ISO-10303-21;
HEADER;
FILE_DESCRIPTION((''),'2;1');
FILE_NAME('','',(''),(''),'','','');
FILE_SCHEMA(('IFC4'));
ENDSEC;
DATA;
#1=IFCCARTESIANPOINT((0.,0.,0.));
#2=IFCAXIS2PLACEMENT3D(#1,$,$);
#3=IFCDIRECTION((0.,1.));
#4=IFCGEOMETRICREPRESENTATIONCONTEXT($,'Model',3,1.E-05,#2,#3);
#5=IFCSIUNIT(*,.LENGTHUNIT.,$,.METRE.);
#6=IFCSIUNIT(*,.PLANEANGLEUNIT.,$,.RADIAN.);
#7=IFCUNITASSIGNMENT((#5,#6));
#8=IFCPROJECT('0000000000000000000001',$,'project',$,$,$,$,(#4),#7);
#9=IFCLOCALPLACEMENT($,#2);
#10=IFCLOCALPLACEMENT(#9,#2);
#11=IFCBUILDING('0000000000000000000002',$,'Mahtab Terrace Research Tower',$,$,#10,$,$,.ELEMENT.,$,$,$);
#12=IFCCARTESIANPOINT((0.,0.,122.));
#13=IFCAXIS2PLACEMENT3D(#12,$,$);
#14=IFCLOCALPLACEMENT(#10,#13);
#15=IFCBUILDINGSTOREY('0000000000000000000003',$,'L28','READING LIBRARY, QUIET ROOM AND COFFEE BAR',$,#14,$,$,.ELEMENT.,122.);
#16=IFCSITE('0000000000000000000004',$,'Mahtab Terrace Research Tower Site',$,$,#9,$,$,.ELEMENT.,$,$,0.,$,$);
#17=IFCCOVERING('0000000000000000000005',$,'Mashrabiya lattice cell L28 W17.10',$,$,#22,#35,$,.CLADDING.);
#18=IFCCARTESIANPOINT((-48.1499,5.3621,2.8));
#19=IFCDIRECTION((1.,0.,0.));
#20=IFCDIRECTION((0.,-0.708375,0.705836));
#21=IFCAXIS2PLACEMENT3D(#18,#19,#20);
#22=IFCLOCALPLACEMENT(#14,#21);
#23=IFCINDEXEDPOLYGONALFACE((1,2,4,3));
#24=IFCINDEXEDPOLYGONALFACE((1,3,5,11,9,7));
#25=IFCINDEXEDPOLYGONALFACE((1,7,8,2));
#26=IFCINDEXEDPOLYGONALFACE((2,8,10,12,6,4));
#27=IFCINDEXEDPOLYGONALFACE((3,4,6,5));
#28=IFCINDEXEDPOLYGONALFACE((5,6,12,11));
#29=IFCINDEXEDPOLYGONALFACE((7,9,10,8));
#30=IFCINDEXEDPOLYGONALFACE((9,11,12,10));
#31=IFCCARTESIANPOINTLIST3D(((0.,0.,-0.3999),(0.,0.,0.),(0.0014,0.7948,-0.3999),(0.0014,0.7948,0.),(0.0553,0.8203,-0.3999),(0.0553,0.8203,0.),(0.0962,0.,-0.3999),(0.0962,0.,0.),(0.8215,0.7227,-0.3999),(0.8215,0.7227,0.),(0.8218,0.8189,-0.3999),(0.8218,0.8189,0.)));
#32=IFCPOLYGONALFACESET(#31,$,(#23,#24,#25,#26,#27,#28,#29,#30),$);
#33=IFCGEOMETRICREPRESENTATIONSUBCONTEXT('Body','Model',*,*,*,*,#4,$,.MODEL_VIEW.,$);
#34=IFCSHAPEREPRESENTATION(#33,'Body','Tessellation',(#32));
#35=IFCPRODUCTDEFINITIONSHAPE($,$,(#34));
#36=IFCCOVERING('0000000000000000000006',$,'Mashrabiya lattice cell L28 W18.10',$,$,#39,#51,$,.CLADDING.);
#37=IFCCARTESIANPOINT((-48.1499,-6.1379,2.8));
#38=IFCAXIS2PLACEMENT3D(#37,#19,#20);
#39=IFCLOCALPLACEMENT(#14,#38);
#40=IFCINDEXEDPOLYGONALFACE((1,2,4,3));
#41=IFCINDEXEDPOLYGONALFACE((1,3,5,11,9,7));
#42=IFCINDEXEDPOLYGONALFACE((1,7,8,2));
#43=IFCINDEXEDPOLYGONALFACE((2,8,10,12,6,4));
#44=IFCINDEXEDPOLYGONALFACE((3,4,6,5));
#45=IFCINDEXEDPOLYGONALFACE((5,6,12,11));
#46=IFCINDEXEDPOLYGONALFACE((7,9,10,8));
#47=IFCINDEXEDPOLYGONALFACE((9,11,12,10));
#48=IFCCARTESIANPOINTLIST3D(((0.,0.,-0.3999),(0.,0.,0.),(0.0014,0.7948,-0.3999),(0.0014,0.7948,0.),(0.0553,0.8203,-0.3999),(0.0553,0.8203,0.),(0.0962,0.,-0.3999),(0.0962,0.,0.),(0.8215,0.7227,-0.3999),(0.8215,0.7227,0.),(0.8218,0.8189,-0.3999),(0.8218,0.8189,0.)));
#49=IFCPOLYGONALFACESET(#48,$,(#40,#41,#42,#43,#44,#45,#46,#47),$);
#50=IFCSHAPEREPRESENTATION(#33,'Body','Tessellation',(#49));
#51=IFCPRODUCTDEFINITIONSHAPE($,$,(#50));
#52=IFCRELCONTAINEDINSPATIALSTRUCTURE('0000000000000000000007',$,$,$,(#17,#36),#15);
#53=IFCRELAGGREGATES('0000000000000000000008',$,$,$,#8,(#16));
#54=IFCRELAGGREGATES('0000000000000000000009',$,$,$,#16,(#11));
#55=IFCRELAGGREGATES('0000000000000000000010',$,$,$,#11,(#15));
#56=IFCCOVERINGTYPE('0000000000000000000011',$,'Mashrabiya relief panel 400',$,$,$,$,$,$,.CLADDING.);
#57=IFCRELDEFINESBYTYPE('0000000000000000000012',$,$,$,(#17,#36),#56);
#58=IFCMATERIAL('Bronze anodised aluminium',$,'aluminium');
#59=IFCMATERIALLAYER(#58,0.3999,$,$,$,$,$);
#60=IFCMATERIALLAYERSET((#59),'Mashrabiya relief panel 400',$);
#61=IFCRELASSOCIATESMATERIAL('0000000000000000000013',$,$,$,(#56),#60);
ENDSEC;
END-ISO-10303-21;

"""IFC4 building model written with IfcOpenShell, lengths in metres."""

from ifc_helpers import new_model, si_unit, direction, frame, origin, place, context, subcontext, project, spatial, polyline, outline, extrude, material, layer, layer_set, type_object, element, save


model = new_model("IFC4")

# Units and contexts
model_context = context("Model", 3, precision=1e-05, world=origin(), true_north=direction((0.0, 1.0)))
body_context = subcontext(model_context, "Body", "Model", "MODEL_VIEW")
ifc_project = project(units=[si_unit("LENGTHUNIT", "METRE"), si_unit("PLANEANGLEUNIT", "RADIAN")], contexts=[model_context])

# Site, building, storey
site_placement = place(None, origin())
site = spatial("IfcSite", under=ifc_project, at=site_placement, Name="Mahtab Terrace Research Tower Site", CompositionType="ELEMENT", RefElevation=0.0)
building_placement = place(site_placement, origin())
building = spatial("IfcBuilding", under=site, at=building_placement, Name="Mahtab Terrace Research Tower", CompositionType="ELEMENT")
storey_placement = place(building_placement, frame((0.0, 0.0, 122.0)))
storey = spatial("IfcBuildingStorey", under=building, at=storey_placement, Name="L28", Description="READING LIBRARY, QUIET ROOM AND COFFEE BAR", CompositionType="ELEMENT", Elevation=122.0)

# Coverings
ifc_material_1 = material(Name="Bronze anodised aluminium", Category="aluminium")
ifc_layer_1 = layer(ifc_material_1, 0.3999)
ifc_layer_set_1 = layer_set([ifc_layer_1], Name="Mashrabiya relief panel 400")
covering_type = type_object("IfcCoveringType", Name="Mashrabiya relief panel 400", PredefinedType="CLADDING", material=ifc_layer_set_1)
covering_1_placement = place(storey_placement, frame((-48.1499, 5.3621, 2.8), z_axis=(1.0, 0.0, 0.0), x_axis=(0.0, -0.708375, 0.705836)))
element("IfcCovering", 1, at=covering_1_placement, inside=storey, type_object=covering_type, Name="Mashrabiya lattice cell L28 W17.10", PredefinedType="CLADDING", context=body_context, shape_type="SweptSolid", body=[
    extrude(outline(polyline([(0.0, 0.0), (0.0962, 0.0), (0.8215, 0.7227), (0.8218, 0.8189), (0.0553, 0.8203), (0.0014, 0.7948), (0.0, 0.0)])), origin(), (0.0, 0.0, -1.0), 0.3999),
])
covering_2_placement = place(storey_placement, frame((-48.1499, -6.1379, 2.8), z_axis=(1.0, 0.0, 0.0), x_axis=(0.0, -0.708375, 0.705836)))
element("IfcCovering", 2, at=covering_2_placement, inside=storey, type_object=covering_type, Name="Mashrabiya lattice cell L28 W18.10", PredefinedType="CLADDING", context=body_context, shape_type="SweptSolid", body=[
    extrude(outline(polyline([(0.0, 0.0), (0.0962, 0.0), (0.8215, 0.7227), (0.8218, 0.8189), (0.0553, 0.8203), (0.0014, 0.7948), (0.0, 0.0)])), origin(), (0.0, 0.0, -1.0), 0.3999),
])

save(model, "model.ifc")
